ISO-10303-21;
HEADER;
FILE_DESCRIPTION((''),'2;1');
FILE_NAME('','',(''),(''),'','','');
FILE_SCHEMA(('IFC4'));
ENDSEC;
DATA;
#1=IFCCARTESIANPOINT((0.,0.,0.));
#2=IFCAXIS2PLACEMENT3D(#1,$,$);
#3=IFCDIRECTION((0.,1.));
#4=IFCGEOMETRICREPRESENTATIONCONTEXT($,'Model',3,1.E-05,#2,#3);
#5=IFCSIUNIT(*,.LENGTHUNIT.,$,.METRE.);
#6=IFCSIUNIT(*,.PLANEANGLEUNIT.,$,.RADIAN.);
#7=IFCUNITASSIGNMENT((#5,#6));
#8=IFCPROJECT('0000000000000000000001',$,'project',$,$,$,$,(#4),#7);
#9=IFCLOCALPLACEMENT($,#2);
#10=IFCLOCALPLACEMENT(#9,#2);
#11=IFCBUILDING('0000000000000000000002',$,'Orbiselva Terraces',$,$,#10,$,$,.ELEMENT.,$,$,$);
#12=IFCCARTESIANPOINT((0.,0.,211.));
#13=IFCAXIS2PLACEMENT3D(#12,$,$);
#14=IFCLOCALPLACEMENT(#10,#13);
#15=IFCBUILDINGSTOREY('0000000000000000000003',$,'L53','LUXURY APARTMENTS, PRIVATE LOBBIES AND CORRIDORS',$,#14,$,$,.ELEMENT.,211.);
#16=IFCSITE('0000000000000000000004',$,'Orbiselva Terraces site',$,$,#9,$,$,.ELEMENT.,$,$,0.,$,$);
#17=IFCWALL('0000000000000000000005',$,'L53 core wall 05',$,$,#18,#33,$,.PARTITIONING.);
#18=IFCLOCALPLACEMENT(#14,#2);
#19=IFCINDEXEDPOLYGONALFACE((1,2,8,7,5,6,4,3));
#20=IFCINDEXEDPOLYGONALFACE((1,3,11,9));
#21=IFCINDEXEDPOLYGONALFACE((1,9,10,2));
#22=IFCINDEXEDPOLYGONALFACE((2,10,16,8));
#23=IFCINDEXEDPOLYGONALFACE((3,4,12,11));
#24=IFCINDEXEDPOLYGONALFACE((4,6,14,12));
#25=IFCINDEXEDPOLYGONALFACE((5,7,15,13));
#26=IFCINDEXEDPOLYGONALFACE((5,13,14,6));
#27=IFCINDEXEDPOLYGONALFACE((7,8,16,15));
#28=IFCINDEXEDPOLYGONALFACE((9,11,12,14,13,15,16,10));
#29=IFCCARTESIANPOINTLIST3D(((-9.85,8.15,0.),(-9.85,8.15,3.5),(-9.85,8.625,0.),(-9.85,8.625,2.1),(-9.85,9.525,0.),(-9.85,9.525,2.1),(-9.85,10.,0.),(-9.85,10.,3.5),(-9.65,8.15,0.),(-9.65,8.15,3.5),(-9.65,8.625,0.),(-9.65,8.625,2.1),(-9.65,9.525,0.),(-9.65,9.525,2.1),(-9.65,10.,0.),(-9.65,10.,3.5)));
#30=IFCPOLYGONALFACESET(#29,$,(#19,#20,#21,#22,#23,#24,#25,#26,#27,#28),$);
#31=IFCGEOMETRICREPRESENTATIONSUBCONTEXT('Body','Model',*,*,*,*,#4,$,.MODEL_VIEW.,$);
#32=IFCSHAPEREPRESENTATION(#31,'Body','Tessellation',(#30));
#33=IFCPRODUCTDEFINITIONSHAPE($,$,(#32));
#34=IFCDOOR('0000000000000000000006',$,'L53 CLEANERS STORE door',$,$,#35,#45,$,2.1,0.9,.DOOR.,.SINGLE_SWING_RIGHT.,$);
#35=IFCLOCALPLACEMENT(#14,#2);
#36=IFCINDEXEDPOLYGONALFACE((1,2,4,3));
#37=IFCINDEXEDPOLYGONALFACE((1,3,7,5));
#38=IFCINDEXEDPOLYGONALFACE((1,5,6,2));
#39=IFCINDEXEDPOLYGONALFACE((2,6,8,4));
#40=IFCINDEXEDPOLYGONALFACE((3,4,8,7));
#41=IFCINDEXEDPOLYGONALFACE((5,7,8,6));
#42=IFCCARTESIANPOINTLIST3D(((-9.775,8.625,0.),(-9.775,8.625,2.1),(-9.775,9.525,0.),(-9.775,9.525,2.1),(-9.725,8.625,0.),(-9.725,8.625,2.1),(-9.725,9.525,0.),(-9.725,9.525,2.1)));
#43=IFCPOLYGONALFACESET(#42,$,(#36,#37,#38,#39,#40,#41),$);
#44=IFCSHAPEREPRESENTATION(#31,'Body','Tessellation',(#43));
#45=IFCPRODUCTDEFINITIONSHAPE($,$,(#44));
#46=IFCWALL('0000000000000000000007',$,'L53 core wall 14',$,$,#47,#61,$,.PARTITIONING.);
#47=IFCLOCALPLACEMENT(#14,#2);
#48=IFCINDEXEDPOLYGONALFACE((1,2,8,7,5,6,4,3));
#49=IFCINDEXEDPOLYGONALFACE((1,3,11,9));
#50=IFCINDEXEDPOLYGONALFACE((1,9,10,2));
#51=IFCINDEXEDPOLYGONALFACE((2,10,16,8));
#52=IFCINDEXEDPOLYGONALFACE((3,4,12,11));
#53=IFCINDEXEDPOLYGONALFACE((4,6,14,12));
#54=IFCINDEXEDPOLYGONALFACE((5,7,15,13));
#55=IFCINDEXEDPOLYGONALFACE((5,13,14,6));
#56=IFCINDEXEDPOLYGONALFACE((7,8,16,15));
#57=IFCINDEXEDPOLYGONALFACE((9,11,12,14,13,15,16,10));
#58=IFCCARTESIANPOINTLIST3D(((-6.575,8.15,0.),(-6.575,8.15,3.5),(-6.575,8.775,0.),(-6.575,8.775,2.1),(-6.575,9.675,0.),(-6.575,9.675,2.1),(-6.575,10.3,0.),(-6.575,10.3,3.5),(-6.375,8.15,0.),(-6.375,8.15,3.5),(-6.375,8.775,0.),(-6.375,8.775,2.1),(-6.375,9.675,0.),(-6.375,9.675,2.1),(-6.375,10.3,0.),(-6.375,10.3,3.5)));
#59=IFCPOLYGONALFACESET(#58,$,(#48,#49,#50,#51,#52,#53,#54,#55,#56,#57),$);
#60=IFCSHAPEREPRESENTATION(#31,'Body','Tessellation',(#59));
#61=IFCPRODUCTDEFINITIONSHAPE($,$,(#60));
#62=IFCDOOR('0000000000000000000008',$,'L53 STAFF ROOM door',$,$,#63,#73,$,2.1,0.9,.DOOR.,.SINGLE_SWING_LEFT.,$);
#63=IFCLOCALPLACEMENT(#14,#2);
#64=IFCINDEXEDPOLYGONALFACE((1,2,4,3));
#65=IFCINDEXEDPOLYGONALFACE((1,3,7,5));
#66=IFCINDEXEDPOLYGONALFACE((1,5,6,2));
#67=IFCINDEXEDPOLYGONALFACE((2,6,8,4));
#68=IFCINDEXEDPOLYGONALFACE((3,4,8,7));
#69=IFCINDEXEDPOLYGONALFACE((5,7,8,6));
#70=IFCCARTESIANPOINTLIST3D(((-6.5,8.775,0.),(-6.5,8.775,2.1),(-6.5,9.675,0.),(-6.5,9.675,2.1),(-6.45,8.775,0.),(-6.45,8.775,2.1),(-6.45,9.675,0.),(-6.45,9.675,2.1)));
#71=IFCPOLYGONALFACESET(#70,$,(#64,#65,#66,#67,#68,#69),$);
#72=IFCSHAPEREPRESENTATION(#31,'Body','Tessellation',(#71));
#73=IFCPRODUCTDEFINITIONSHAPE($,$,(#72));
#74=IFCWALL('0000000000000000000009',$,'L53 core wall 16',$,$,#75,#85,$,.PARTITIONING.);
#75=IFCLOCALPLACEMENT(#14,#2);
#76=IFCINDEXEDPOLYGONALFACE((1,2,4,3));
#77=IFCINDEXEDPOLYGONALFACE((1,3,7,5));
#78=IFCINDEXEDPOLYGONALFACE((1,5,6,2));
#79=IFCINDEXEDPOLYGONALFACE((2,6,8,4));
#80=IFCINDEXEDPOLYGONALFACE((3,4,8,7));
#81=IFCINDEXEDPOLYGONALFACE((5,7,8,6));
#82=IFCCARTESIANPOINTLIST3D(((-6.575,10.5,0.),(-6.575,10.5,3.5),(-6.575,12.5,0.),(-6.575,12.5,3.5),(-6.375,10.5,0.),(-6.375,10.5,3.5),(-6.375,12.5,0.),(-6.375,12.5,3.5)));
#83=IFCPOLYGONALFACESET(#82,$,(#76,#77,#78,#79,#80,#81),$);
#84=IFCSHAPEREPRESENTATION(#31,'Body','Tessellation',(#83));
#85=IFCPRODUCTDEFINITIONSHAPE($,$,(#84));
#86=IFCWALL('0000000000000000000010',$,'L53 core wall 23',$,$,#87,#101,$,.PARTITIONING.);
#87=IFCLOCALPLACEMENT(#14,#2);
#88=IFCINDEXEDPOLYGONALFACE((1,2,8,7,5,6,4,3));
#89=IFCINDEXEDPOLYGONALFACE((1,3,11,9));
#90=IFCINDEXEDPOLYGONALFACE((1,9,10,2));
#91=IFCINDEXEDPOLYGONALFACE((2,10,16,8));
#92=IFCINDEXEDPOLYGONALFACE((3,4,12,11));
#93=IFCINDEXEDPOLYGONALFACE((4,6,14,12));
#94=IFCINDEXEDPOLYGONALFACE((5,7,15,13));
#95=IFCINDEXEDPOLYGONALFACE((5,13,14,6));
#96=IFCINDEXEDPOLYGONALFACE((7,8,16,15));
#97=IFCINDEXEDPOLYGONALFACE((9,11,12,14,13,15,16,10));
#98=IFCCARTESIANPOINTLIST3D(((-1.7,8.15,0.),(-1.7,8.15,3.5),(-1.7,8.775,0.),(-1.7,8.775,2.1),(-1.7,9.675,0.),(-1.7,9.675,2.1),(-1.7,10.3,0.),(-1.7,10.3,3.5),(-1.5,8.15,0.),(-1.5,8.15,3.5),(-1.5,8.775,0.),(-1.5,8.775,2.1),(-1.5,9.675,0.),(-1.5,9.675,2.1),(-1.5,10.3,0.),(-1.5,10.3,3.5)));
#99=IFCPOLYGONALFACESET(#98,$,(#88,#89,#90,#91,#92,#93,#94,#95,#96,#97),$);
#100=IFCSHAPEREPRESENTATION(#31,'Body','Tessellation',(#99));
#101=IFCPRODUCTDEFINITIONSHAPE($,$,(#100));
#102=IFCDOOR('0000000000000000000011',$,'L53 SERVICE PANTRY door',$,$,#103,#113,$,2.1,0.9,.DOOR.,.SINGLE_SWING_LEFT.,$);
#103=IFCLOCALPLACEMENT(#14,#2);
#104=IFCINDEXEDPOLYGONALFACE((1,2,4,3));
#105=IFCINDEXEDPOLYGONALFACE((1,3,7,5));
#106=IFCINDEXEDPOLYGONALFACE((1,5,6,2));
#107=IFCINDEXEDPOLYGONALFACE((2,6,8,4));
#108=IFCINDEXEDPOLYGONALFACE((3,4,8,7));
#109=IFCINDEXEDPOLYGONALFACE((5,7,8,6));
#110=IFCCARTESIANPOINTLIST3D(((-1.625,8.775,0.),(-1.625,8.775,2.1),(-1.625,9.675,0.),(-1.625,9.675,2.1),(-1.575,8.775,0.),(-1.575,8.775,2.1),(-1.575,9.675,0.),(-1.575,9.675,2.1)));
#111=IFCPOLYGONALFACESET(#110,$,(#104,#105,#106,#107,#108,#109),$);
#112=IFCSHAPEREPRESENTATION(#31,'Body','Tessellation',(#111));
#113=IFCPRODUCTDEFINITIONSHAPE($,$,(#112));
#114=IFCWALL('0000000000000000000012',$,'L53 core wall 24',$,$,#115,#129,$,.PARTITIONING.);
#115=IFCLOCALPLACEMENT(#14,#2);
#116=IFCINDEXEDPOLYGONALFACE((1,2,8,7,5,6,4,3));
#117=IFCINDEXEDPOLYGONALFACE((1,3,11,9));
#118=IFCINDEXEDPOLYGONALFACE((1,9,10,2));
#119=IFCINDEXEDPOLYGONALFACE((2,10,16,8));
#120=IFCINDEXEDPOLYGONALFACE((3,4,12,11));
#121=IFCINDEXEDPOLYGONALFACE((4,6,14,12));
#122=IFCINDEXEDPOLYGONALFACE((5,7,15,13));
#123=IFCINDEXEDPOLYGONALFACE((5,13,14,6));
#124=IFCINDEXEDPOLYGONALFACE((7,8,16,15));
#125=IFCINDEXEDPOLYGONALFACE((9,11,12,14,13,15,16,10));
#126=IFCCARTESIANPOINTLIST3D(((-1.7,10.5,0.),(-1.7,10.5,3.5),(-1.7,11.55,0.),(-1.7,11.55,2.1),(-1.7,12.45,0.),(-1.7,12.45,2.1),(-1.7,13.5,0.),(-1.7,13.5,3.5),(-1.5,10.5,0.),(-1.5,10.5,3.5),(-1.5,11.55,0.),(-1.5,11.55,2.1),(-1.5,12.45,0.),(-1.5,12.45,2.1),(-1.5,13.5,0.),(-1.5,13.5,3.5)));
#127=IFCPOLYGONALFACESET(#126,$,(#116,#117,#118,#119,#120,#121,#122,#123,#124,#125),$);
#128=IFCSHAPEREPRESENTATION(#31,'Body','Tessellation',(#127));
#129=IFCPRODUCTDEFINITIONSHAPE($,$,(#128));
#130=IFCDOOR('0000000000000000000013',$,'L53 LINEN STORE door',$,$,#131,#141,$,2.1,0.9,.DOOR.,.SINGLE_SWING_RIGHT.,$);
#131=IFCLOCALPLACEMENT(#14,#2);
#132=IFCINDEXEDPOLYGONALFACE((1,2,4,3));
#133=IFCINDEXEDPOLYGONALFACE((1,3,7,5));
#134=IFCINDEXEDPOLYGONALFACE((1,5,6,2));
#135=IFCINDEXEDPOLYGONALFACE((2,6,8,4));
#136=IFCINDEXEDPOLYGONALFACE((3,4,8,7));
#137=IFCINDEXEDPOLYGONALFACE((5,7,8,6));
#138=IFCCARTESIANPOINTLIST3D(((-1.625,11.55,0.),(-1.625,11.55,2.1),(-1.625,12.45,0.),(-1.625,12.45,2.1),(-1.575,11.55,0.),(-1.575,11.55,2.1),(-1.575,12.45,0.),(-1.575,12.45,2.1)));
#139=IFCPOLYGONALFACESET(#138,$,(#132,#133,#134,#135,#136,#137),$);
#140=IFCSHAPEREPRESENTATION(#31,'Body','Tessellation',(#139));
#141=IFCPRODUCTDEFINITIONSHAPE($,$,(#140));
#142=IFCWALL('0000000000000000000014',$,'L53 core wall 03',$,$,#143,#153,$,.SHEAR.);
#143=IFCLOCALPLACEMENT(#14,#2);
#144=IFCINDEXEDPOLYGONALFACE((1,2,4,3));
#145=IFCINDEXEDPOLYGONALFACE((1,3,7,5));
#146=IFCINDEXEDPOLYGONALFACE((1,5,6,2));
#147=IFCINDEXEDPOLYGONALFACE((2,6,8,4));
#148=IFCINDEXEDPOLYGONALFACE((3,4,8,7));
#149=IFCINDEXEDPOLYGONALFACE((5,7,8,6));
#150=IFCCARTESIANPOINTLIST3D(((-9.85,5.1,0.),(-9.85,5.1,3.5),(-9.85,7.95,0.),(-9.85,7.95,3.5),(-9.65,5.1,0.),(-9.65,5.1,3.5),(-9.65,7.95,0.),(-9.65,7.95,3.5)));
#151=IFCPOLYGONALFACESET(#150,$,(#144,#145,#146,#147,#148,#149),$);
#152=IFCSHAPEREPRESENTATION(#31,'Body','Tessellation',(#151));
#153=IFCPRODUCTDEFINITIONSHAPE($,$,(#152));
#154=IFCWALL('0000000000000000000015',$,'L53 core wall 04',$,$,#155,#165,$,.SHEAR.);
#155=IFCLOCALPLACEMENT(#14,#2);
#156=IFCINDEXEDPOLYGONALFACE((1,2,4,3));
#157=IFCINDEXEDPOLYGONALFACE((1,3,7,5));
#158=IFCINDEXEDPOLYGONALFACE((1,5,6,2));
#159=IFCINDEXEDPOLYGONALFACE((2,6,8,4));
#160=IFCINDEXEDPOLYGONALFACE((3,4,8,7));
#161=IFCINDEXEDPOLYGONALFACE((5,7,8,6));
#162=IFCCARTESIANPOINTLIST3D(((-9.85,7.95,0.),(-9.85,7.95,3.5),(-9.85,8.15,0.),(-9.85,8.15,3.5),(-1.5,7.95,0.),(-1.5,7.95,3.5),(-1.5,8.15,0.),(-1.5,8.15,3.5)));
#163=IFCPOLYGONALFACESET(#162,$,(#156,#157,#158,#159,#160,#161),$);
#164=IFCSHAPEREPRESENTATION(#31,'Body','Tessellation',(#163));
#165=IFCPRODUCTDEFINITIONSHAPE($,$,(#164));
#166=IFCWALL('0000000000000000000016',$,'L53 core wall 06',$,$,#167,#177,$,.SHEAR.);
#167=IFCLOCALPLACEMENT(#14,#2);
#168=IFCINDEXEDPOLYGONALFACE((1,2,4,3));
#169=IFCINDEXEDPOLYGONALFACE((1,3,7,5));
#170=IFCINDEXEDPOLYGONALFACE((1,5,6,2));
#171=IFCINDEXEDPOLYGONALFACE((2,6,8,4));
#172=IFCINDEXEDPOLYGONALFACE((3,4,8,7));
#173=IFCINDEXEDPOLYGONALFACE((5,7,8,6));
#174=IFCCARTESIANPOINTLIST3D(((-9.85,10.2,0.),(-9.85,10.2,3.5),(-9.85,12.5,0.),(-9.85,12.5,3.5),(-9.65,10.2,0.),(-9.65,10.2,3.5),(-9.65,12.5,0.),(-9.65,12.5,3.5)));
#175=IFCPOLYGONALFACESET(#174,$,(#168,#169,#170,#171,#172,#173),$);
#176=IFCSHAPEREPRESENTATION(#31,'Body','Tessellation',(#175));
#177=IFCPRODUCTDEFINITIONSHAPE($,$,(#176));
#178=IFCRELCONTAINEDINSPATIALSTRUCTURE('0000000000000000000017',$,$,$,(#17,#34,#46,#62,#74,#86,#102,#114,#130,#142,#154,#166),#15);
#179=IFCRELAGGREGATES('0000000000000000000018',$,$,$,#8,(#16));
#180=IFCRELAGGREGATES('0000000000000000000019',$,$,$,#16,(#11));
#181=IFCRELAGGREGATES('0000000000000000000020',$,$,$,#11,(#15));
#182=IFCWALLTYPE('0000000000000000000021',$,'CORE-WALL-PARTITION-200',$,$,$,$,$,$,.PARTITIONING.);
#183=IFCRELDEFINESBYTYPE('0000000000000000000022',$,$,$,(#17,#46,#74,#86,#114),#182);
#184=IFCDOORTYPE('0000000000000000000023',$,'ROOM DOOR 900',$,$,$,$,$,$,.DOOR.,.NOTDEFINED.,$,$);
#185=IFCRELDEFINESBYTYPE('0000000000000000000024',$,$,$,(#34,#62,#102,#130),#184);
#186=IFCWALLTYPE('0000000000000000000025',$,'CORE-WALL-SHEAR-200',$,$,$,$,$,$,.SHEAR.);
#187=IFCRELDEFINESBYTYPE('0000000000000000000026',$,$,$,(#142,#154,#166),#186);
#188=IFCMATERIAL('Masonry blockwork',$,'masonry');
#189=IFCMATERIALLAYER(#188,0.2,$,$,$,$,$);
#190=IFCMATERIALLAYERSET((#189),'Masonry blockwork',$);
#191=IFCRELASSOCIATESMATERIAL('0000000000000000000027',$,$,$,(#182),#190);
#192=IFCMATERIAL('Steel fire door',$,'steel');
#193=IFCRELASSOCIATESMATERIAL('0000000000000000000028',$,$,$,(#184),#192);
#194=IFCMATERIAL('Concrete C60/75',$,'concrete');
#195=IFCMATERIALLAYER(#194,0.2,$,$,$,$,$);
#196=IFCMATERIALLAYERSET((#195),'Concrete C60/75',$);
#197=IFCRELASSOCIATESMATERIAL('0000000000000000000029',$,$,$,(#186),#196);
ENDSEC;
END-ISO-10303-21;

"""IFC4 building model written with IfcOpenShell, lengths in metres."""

from ifc_helpers import new_model, si_unit, direction, frame, frame_2d, origin, place, context, subcontext, project, spatial, rectangle, extrude, material, layer, layer_set, type_object, element, fill, save


model = new_model("IFC4")

# Units and contexts
model_context = context("Model", 3, precision=1e-05, world=origin(), true_north=direction((0.0, 1.0)))
body_context = subcontext(model_context, "Body", "Model", "MODEL_VIEW")
ifc_project = project(units=[si_unit("LENGTHUNIT", "METRE"), si_unit("PLANEANGLEUNIT", "RADIAN")], contexts=[model_context])

# Site, building, storey
site_placement = place(None, origin())
site = spatial("IfcSite", under=ifc_project, at=site_placement, Name="Orbiselva Terraces site", CompositionType="ELEMENT", RefElevation=0.0)
building_placement = place(site_placement, origin())
building = spatial("IfcBuilding", under=site, at=building_placement, Name="Orbiselva Terraces", CompositionType="ELEMENT")
storey_placement = place(building_placement, frame((0.0, 0.0, 211.0)))
storey = spatial("IfcBuildingStorey", under=building, at=storey_placement, Name="L53", Description="LUXURY APARTMENTS, PRIVATE LOBBIES AND CORRIDORS", CompositionType="ELEMENT", Elevation=211.0)

# Walls, openings, doors
ifc_material_1 = material(Name="Masonry blockwork", Category="masonry")
ifc_layer_1 = layer(ifc_material_1, 0.2)
ifc_layer_set_1 = layer_set([ifc_layer_1], Name="Masonry blockwork")
wall_type_1 = type_object("IfcWallType", Name="CORE-WALL-PARTITION-200", PredefinedType="PARTITIONING", material=ifc_layer_set_1)
wall_1_placement = place(storey_placement, frame((-9.75, 8.15, 0.0), z_axis=(0.0, 0.0, 1.0), x_axis=(0.0, 1.0, 0.0)))
wall_1 = element("IfcWall", 1, at=wall_1_placement, inside=storey, type_object=wall_type_1, Name="L53 core wall 05", PredefinedType="PARTITIONING", context=body_context, shape_type="SweptSolid", body=[
    extrude(rectangle(XDim=1.85, YDim=0.2, at=frame_2d((0.925, 0.0))), origin(), (0.0, 0.0, 1.0), 3.5),
])
opening_1_placement = place(wall_1_placement, frame((0.475, 0.0, 0.0)))
opening_1 = element("IfcOpeningElement", 2, at=opening_1_placement, cuts=wall_1, PredefinedType="OPENING", context=body_context, shape_type="SweptSolid", body=[
    extrude(rectangle(XDim=0.9, YDim=2.1, at=frame_2d((0.45, 1.05))), frame((0.0, 0.11, 0.0), z_axis=(0.0, -1.0, 0.0), x_axis=(1.0, 0.0, 0.0)), (0.0, 0.0, 1.0), 0.22),
])
ifc_material_2 = material(Name="Steel fire door", Category="steel")
door_type = type_object("IfcDoorType", Name="ROOM DOOR 900", OperationType="NOTDEFINED", PredefinedType="DOOR", material=ifc_material_2)
door_1_placement = place(opening_1_placement, origin())
door_1 = element("IfcDoor", 3, at=door_1_placement, inside=storey, type_object=door_type, Name="L53 CLEANERS STORE door", OperationType="SINGLE_SWING_RIGHT", OverallHeight=2.1, OverallWidth=0.9, PredefinedType="DOOR", context=body_context, shape_type="SweptSolid", body=[
    extrude(rectangle(XDim=0.9, YDim=2.1, at=frame_2d((0.45, 1.05))), frame((0.0, 0.025, 0.0), z_axis=(0.0, -1.0, 0.0), x_axis=(1.0, 0.0, 0.0)), (0.0, 0.0, 1.0), 0.05),
])
fill(opening_1, door_1)
wall_2_placement = place(storey_placement, frame((-6.475, 8.15, 0.0), z_axis=(0.0, 0.0, 1.0), x_axis=(0.0, 1.0, 0.0)))
wall_2 = element("IfcWall", 4, at=wall_2_placement, inside=storey, type_object=wall_type_1, Name="L53 core wall 14", PredefinedType="PARTITIONING", context=body_context, shape_type="SweptSolid", body=[
    extrude(rectangle(XDim=2.15, YDim=0.2, at=frame_2d((1.075, 0.0))), origin(), (0.0, 0.0, 1.0), 3.5),
])
opening_2_placement = place(wall_2_placement, frame((0.625, 0.0, 0.0)))
opening_2 = element("IfcOpeningElement", 5, at=opening_2_placement, cuts=wall_2, PredefinedType="OPENING", context=body_context, shape_type="SweptSolid", body=[
    extrude(rectangle(XDim=0.9, YDim=2.1, at=frame_2d((0.45, 1.05))), frame((0.0, 0.11, 0.0), z_axis=(0.0, -1.0, 0.0), x_axis=(1.0, 0.0, 0.0)), (0.0, 0.0, 1.0), 0.22),
])
door_2_placement = place(opening_2_placement, origin())
door_2 = element("IfcDoor", 6, at=door_2_placement, inside=storey, type_object=door_type, Name="L53 STAFF ROOM door", OperationType="SINGLE_SWING_LEFT", OverallHeight=2.1, OverallWidth=0.9, PredefinedType="DOOR", context=body_context, shape_type="SweptSolid", body=[
    extrude(rectangle(XDim=0.9, YDim=2.1, at=frame_2d((0.45, 1.05))), frame((0.0, 0.025, 0.0), z_axis=(0.0, -1.0, 0.0), x_axis=(1.0, 0.0, 0.0)), (0.0, 0.0, 1.0), 0.05),
])
fill(opening_2, door_2)

# Wall
wall_3_placement = place(storey_placement, frame((-6.475, 10.5, 0.0), z_axis=(0.0, 0.0, 1.0), x_axis=(0.0, 1.0, 0.0)))
element("IfcWall", 7, at=wall_3_placement, inside=storey, type_object=wall_type_1, Name="L53 core wall 16", PredefinedType="PARTITIONING", context=body_context, shape_type="SweptSolid", body=[
    extrude(rectangle(XDim=2.0, YDim=0.2, at=frame_2d((1.0, 0.0))), origin(), (0.0, 0.0, 1.0), 3.5),
])

# Walls, openings, doors
wall_4_placement = place(storey_placement, frame((-1.6, 8.15, 0.0), z_axis=(0.0, 0.0, 1.0), x_axis=(0.0, 1.0, 0.0)))
wall_4 = element("IfcWall", 8, at=wall_4_placement, inside=storey, type_object=wall_type_1, Name="L53 core wall 23", PredefinedType="PARTITIONING", context=body_context, shape_type="SweptSolid", body=[
    extrude(rectangle(XDim=2.15, YDim=0.2, at=frame_2d((1.075, 0.0))), origin(), (0.0, 0.0, 1.0), 3.5),
])
opening_3_placement = place(wall_4_placement, frame((0.625, 0.0, 0.0)))
opening_3 = element("IfcOpeningElement", 9, at=opening_3_placement, cuts=wall_4, PredefinedType="OPENING", context=body_context, shape_type="SweptSolid", body=[
    extrude(rectangle(XDim=0.9, YDim=2.1, at=frame_2d((0.45, 1.05))), frame((0.0, 0.11, 0.0), z_axis=(0.0, -1.0, 0.0), x_axis=(1.0, 0.0, 0.0)), (0.0, 0.0, 1.0), 0.22),
])
door_3_placement = place(opening_3_placement, origin())
door_3 = element("IfcDoor", 10, at=door_3_placement, inside=storey, type_object=door_type, Name="L53 SERVICE PANTRY door", OperationType="SINGLE_SWING_LEFT", OverallHeight=2.1, OverallWidth=0.9, PredefinedType="DOOR", context=body_context, shape_type="SweptSolid", body=[
    extrude(rectangle(XDim=0.9, YDim=2.1, at=frame_2d((0.45, 1.05))), frame((0.0, 0.025, 0.0), z_axis=(0.0, -1.0, 0.0), x_axis=(1.0, 0.0, 0.0)), (0.0, 0.0, 1.0), 0.05),
])
fill(opening_3, door_3)
wall_5_placement = place(storey_placement, frame((-1.6, 10.5, 0.0), z_axis=(0.0, 0.0, 1.0), x_axis=(0.0, 1.0, 0.0)))
wall_5 = element("IfcWall", 11, at=wall_5_placement, inside=storey, type_object=wall_type_1, Name="L53 core wall 24", PredefinedType="PARTITIONING", context=body_context, shape_type="SweptSolid", body=[
    extrude(rectangle(XDim=3.0, YDim=0.2, at=frame_2d((1.5, 0.0))), origin(), (0.0, 0.0, 1.0), 3.5),
])
opening_4_placement = place(wall_5_placement, frame((1.05, 0.0, 0.0)))
opening_4 = element("IfcOpeningElement", 12, at=opening_4_placement, cuts=wall_5, PredefinedType="OPENING", context=body_context, shape_type="SweptSolid", body=[
    extrude(rectangle(XDim=0.9, YDim=2.1, at=frame_2d((0.45, 1.05))), frame((0.0, 0.11, 0.0), z_axis=(0.0, -1.0, 0.0), x_axis=(1.0, 0.0, 0.0)), (0.0, 0.0, 1.0), 0.22),
])
door_4_placement = place(opening_4_placement, origin())
door_4 = element("IfcDoor", 13, at=door_4_placement, inside=storey, type_object=door_type, Name="L53 LINEN STORE door", OperationType="SINGLE_SWING_RIGHT", OverallHeight=2.1, OverallWidth=0.9, PredefinedType="DOOR", context=body_context, shape_type="SweptSolid", body=[
    extrude(rectangle(XDim=0.9, YDim=2.1, at=frame_2d((0.45, 1.05))), frame((0.0, 0.025, 0.0), z_axis=(0.0, -1.0, 0.0), x_axis=(1.0, 0.0, 0.0)), (0.0, 0.0, 1.0), 0.05),
])
fill(opening_4, door_4)

# Walls
ifc_material_3 = material(Name="Concrete C60/75", Category="concrete")
ifc_layer_2 = layer(ifc_material_3, 0.2)
ifc_layer_set_2 = layer_set([ifc_layer_2], Name="Concrete C60/75")
wall_type_2 = type_object("IfcWallType", Name="CORE-WALL-SHEAR-200", PredefinedType="SHEAR", material=ifc_layer_set_2)
wall_6_placement = place(storey_placement, frame((-9.75, 5.1, 0.0), z_axis=(0.0, 0.0, 1.0), x_axis=(0.0, 1.0, 0.0)))
element("IfcWall", 14, at=wall_6_placement, inside=storey, type_object=wall_type_2, Name="L53 core wall 03", PredefinedType="SHEAR", context=body_context, shape_type="SweptSolid", body=[
    extrude(rectangle(XDim=2.85, YDim=0.2, at=frame_2d((1.425, 0.0))), origin(), (0.0, 0.0, 1.0), 3.5),
])
wall_7_placement = place(storey_placement, frame((-9.85, 8.05, 0.0), z_axis=(0.0, 0.0, 1.0), x_axis=(1.0, 0.0, 0.0)))
element("IfcWall", 15, at=wall_7_placement, inside=storey, type_object=wall_type_2, Name="L53 core wall 04", PredefinedType="SHEAR", context=body_context, shape_type="SweptSolid", body=[
    extrude(rectangle(XDim=8.35, YDim=0.2, at=frame_2d((4.175, 0.0))), origin(), (0.0, 0.0, 1.0), 3.5),
])
wall_8_placement = place(storey_placement, frame((-9.75, 10.2, 0.0), z_axis=(0.0, 0.0, 1.0), x_axis=(0.0, 1.0, 0.0)))
element("IfcWall", 16, at=wall_8_placement, inside=storey, type_object=wall_type_2, Name="L53 core wall 06", PredefinedType="SHEAR", context=body_context, shape_type="SweptSolid", body=[
    extrude(rectangle(XDim=2.3, YDim=0.2, at=frame_2d((1.15, 0.0))), origin(), (0.0, 0.0, 1.0), 3.5),
])

save(model, "model.ifc")
